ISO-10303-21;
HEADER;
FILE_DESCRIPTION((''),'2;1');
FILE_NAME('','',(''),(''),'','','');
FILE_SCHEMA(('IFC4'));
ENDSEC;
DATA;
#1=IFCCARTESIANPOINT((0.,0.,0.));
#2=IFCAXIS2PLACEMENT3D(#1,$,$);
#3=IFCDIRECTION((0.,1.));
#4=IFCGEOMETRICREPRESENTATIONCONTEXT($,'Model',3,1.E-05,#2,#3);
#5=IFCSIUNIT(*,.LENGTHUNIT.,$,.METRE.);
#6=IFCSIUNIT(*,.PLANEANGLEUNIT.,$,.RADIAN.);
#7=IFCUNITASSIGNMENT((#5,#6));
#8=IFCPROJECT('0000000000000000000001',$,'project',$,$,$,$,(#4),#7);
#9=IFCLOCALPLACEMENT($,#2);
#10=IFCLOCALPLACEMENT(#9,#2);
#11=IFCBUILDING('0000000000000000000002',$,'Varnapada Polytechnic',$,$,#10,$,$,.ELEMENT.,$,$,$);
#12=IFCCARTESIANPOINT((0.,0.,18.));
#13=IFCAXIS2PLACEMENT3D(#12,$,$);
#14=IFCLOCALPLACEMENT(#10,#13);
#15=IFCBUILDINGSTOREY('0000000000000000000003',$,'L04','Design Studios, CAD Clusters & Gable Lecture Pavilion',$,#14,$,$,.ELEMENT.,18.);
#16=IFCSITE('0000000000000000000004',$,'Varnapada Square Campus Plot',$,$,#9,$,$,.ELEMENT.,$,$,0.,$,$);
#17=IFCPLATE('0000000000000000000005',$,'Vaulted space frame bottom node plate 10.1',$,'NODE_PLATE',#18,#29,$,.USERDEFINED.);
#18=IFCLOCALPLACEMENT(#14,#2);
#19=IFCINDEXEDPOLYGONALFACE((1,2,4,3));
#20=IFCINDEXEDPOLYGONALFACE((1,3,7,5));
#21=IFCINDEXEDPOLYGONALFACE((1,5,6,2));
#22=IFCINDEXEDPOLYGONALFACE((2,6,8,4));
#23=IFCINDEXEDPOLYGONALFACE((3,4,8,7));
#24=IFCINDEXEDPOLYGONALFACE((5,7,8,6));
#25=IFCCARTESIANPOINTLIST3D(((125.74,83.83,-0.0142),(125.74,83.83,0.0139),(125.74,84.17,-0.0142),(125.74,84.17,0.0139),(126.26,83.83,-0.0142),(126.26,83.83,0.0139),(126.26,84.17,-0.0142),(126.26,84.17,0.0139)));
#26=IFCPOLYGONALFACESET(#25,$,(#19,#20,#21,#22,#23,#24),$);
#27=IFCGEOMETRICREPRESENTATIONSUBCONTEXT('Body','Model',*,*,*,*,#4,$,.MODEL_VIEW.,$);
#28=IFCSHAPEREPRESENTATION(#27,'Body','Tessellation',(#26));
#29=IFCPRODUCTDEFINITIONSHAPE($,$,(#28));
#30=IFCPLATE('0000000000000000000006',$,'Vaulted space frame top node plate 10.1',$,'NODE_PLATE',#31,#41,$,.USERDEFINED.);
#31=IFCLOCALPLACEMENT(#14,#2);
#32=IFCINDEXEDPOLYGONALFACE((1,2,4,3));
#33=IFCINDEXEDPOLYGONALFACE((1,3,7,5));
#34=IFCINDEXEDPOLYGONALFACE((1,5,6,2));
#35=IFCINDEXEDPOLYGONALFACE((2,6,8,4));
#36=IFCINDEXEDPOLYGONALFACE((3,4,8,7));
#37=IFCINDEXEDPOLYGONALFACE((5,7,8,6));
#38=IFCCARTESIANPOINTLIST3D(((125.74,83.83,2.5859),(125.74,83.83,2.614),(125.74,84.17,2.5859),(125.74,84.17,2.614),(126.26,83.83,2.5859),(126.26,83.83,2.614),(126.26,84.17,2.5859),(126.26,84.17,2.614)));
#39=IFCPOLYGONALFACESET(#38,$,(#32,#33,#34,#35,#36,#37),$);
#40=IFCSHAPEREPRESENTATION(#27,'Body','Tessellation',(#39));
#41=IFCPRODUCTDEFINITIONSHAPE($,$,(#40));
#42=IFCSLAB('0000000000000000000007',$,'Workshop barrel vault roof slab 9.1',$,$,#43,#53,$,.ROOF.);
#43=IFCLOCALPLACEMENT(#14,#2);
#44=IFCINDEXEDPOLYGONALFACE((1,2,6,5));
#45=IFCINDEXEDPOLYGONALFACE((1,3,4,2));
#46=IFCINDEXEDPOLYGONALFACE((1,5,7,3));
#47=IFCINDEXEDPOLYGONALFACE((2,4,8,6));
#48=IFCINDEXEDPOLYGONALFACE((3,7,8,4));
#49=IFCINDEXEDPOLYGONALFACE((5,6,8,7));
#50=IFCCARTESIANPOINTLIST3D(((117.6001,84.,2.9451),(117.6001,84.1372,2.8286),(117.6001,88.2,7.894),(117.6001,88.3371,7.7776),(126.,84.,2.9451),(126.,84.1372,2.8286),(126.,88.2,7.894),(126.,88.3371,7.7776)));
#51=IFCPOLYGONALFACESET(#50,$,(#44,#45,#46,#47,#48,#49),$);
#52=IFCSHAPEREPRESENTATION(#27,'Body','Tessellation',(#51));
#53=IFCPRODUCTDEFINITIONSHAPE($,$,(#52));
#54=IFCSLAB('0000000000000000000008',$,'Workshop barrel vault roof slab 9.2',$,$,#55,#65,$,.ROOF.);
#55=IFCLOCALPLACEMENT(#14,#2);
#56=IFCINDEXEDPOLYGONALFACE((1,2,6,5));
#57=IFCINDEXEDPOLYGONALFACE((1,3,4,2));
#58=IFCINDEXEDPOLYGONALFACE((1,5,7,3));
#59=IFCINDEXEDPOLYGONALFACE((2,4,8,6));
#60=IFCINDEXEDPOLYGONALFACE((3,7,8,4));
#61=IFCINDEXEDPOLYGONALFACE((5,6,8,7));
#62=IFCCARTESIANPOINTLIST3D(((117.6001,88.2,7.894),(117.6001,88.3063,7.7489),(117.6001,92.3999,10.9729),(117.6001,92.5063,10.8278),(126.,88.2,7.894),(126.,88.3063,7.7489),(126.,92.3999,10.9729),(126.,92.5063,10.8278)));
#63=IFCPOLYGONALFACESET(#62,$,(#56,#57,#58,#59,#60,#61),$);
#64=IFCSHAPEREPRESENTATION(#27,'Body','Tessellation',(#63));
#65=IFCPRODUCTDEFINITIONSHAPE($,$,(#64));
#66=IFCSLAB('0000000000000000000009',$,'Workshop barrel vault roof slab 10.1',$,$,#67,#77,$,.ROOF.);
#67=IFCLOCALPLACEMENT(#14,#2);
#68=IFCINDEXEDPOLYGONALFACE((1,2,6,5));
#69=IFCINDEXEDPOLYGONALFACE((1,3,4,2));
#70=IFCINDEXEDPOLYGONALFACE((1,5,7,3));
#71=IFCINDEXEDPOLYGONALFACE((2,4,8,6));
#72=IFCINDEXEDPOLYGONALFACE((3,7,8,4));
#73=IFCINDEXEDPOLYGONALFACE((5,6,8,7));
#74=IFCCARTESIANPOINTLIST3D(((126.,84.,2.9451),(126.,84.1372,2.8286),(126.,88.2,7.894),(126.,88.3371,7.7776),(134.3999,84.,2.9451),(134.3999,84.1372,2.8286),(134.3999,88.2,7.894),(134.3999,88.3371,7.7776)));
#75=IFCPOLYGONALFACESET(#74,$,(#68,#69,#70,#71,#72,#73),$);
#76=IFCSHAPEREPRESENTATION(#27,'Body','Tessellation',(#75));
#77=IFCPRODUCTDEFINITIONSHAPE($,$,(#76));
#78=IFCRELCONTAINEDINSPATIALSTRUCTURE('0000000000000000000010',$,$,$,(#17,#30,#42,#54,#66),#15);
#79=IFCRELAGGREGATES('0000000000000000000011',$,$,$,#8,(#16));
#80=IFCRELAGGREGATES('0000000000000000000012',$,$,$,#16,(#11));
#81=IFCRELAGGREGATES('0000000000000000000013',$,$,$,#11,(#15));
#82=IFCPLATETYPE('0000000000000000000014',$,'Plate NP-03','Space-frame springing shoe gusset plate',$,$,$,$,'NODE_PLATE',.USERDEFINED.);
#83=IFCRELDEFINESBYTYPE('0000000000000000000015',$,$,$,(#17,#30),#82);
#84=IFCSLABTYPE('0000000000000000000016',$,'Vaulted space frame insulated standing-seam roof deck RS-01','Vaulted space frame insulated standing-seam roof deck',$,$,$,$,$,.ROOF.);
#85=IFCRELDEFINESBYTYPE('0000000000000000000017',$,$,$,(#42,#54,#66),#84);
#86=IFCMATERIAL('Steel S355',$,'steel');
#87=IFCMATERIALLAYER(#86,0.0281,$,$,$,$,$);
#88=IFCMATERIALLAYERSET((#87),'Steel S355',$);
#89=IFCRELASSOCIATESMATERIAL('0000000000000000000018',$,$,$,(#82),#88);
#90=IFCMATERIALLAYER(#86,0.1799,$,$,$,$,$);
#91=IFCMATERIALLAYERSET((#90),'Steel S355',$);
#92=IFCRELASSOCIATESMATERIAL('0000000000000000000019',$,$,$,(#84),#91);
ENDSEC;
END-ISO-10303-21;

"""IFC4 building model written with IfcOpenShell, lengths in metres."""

from ifc_helpers import new_model, si_unit, direction, frame, origin, origin_2d, place, context, subcontext, project, spatial, polyline, rectangle, outline, extrude, material, layer, layer_set, type_object, element, save


model = new_model("IFC4")

# Units and contexts
model_context = context("Model", 3, precision=1e-05, world=origin(), true_north=direction((0.0, 1.0)))
body_context = subcontext(model_context, "Body", "Model", "MODEL_VIEW")
ifc_project = project(units=[si_unit("LENGTHUNIT", "METRE"), si_unit("PLANEANGLEUNIT", "RADIAN")], contexts=[model_context])

# Site, building, storey
site_placement = place(None, origin())
site = spatial("IfcSite", under=ifc_project, at=site_placement, Name="Varnapada Square Campus Plot", CompositionType="ELEMENT", RefElevation=0.0)
building_placement = place(site_placement, origin())
building = spatial("IfcBuilding", under=site, at=building_placement, Name="Varnapada Polytechnic", CompositionType="ELEMENT")
storey_placement = place(building_placement, frame((0.0, 0.0, 18.0)))
storey = spatial("IfcBuildingStorey", under=building, at=storey_placement, Name="L04", Description="Design Studios, CAD Clusters & Gable Lecture Pavilion", CompositionType="ELEMENT", Elevation=18.0)

# Shared definitions
ifc_material = material(Name="Steel S355", Category="steel")

# Plates
ifc_layer_1 = layer(ifc_material, 0.0281)
ifc_layer_set_1 = layer_set([ifc_layer_1], Name="Steel S355")
plate_type_1 = type_object("IfcPlateType", Name="Plate NP-03", Description="Space-frame springing shoe gusset plate", ElementType="NODE_PLATE", PredefinedType="USERDEFINED", material=ifc_layer_set_1)
for number, where, z_axis, x_axis, name in (
    (1, (126.0, 84.0, -0.0142), (0.0, 0.0, 1.0), (1.0, 0.0, 0.0), "Vaulted space frame bottom node plate 10.1"),
    (2, (126.0, 84.0, 2.5859), (0.0, 0.0, 1.0), (1.0, 0.0, 0.0), "Vaulted space frame top node plate 10.1"),
):
    element("IfcPlate", number, at=place(storey_placement, frame(where, z_axis=z_axis, x_axis=x_axis)), inside=storey, type_object=plate_type_1, Name=name, ObjectType="NODE_PLATE", PredefinedType="USERDEFINED", context=body_context, shape_type="SweptSolid", body=[
        extrude(rectangle(XDim=0.52, YDim=0.3401, at=origin_2d()), origin(), (0.0, 0.0, 1.0), 0.0281),
    ])

# Slabs
ifc_layer_2 = layer(ifc_material, 0.1799)
ifc_layer_set_2 = layer_set([ifc_layer_2], Name="Steel S355")
slab_type = type_object("IfcSlabType", Name="Vaulted space frame insulated standing-seam roof deck RS-01", Description="Vaulted space frame insulated standing-seam roof deck", PredefinedType="ROOF", material=ifc_layer_set_2)
slab_1_placement = place(storey_placement, frame((117.6001, 84.0, 2.9451), z_axis=(0.0, -0.762447, 0.647051), x_axis=(1.0, 0.0, 0.0)))
element("IfcSlab", 3, at=slab_1_placement, inside=storey, type_object=slab_type, Name="Workshop barrel vault roof slab 9.1", PredefinedType="ROOF", context=body_context, shape_type="SweptSolid", body=[
    extrude(outline(polyline([(0.0, 0.0), (8.3999, 0.0), (8.3999, 6.4909), (0.0, 6.4909), (0.0, 0.0)])), origin(), (0.0, 0.0, -1.0), 0.1799),
])
slab_2_placement = place(storey_placement, frame((117.6001, 88.2, 7.894), z_axis=(0.0, -0.591225, 0.806506), x_axis=(1.0, 0.0, 0.0)))
element("IfcSlab", 4, at=slab_2_placement, inside=storey, type_object=slab_type, Name="Workshop barrel vault roof slab 9.2", PredefinedType="ROOF", context=body_context, shape_type="SweptSolid", body=[
    extrude(outline(polyline([(0.0, 0.0), (8.3999, 0.0), (8.3999, 5.2076), (0.0, 5.2076), (0.0, 0.0)])), origin(), (0.0, 0.0, -1.0), 0.1799),
])
slab_3_placement = place(storey_placement, frame((126.0, 84.0, 2.9451), z_axis=(0.0, -0.762447, 0.647051), x_axis=(1.0, 0.0, 0.0)))
element("IfcSlab", 5, at=slab_3_placement, inside=storey, type_object=slab_type, Name="Workshop barrel vault roof slab 10.1", PredefinedType="ROOF", context=body_context, shape_type="SweptSolid", body=[
    extrude(outline(polyline([(0.0, 0.0), (8.3999, 0.0), (8.3999, 6.4909), (0.0, 6.4909), (0.0, 0.0)])), origin(), (0.0, 0.0, -1.0), 0.1799),
])

save(model, "model.ifc")
